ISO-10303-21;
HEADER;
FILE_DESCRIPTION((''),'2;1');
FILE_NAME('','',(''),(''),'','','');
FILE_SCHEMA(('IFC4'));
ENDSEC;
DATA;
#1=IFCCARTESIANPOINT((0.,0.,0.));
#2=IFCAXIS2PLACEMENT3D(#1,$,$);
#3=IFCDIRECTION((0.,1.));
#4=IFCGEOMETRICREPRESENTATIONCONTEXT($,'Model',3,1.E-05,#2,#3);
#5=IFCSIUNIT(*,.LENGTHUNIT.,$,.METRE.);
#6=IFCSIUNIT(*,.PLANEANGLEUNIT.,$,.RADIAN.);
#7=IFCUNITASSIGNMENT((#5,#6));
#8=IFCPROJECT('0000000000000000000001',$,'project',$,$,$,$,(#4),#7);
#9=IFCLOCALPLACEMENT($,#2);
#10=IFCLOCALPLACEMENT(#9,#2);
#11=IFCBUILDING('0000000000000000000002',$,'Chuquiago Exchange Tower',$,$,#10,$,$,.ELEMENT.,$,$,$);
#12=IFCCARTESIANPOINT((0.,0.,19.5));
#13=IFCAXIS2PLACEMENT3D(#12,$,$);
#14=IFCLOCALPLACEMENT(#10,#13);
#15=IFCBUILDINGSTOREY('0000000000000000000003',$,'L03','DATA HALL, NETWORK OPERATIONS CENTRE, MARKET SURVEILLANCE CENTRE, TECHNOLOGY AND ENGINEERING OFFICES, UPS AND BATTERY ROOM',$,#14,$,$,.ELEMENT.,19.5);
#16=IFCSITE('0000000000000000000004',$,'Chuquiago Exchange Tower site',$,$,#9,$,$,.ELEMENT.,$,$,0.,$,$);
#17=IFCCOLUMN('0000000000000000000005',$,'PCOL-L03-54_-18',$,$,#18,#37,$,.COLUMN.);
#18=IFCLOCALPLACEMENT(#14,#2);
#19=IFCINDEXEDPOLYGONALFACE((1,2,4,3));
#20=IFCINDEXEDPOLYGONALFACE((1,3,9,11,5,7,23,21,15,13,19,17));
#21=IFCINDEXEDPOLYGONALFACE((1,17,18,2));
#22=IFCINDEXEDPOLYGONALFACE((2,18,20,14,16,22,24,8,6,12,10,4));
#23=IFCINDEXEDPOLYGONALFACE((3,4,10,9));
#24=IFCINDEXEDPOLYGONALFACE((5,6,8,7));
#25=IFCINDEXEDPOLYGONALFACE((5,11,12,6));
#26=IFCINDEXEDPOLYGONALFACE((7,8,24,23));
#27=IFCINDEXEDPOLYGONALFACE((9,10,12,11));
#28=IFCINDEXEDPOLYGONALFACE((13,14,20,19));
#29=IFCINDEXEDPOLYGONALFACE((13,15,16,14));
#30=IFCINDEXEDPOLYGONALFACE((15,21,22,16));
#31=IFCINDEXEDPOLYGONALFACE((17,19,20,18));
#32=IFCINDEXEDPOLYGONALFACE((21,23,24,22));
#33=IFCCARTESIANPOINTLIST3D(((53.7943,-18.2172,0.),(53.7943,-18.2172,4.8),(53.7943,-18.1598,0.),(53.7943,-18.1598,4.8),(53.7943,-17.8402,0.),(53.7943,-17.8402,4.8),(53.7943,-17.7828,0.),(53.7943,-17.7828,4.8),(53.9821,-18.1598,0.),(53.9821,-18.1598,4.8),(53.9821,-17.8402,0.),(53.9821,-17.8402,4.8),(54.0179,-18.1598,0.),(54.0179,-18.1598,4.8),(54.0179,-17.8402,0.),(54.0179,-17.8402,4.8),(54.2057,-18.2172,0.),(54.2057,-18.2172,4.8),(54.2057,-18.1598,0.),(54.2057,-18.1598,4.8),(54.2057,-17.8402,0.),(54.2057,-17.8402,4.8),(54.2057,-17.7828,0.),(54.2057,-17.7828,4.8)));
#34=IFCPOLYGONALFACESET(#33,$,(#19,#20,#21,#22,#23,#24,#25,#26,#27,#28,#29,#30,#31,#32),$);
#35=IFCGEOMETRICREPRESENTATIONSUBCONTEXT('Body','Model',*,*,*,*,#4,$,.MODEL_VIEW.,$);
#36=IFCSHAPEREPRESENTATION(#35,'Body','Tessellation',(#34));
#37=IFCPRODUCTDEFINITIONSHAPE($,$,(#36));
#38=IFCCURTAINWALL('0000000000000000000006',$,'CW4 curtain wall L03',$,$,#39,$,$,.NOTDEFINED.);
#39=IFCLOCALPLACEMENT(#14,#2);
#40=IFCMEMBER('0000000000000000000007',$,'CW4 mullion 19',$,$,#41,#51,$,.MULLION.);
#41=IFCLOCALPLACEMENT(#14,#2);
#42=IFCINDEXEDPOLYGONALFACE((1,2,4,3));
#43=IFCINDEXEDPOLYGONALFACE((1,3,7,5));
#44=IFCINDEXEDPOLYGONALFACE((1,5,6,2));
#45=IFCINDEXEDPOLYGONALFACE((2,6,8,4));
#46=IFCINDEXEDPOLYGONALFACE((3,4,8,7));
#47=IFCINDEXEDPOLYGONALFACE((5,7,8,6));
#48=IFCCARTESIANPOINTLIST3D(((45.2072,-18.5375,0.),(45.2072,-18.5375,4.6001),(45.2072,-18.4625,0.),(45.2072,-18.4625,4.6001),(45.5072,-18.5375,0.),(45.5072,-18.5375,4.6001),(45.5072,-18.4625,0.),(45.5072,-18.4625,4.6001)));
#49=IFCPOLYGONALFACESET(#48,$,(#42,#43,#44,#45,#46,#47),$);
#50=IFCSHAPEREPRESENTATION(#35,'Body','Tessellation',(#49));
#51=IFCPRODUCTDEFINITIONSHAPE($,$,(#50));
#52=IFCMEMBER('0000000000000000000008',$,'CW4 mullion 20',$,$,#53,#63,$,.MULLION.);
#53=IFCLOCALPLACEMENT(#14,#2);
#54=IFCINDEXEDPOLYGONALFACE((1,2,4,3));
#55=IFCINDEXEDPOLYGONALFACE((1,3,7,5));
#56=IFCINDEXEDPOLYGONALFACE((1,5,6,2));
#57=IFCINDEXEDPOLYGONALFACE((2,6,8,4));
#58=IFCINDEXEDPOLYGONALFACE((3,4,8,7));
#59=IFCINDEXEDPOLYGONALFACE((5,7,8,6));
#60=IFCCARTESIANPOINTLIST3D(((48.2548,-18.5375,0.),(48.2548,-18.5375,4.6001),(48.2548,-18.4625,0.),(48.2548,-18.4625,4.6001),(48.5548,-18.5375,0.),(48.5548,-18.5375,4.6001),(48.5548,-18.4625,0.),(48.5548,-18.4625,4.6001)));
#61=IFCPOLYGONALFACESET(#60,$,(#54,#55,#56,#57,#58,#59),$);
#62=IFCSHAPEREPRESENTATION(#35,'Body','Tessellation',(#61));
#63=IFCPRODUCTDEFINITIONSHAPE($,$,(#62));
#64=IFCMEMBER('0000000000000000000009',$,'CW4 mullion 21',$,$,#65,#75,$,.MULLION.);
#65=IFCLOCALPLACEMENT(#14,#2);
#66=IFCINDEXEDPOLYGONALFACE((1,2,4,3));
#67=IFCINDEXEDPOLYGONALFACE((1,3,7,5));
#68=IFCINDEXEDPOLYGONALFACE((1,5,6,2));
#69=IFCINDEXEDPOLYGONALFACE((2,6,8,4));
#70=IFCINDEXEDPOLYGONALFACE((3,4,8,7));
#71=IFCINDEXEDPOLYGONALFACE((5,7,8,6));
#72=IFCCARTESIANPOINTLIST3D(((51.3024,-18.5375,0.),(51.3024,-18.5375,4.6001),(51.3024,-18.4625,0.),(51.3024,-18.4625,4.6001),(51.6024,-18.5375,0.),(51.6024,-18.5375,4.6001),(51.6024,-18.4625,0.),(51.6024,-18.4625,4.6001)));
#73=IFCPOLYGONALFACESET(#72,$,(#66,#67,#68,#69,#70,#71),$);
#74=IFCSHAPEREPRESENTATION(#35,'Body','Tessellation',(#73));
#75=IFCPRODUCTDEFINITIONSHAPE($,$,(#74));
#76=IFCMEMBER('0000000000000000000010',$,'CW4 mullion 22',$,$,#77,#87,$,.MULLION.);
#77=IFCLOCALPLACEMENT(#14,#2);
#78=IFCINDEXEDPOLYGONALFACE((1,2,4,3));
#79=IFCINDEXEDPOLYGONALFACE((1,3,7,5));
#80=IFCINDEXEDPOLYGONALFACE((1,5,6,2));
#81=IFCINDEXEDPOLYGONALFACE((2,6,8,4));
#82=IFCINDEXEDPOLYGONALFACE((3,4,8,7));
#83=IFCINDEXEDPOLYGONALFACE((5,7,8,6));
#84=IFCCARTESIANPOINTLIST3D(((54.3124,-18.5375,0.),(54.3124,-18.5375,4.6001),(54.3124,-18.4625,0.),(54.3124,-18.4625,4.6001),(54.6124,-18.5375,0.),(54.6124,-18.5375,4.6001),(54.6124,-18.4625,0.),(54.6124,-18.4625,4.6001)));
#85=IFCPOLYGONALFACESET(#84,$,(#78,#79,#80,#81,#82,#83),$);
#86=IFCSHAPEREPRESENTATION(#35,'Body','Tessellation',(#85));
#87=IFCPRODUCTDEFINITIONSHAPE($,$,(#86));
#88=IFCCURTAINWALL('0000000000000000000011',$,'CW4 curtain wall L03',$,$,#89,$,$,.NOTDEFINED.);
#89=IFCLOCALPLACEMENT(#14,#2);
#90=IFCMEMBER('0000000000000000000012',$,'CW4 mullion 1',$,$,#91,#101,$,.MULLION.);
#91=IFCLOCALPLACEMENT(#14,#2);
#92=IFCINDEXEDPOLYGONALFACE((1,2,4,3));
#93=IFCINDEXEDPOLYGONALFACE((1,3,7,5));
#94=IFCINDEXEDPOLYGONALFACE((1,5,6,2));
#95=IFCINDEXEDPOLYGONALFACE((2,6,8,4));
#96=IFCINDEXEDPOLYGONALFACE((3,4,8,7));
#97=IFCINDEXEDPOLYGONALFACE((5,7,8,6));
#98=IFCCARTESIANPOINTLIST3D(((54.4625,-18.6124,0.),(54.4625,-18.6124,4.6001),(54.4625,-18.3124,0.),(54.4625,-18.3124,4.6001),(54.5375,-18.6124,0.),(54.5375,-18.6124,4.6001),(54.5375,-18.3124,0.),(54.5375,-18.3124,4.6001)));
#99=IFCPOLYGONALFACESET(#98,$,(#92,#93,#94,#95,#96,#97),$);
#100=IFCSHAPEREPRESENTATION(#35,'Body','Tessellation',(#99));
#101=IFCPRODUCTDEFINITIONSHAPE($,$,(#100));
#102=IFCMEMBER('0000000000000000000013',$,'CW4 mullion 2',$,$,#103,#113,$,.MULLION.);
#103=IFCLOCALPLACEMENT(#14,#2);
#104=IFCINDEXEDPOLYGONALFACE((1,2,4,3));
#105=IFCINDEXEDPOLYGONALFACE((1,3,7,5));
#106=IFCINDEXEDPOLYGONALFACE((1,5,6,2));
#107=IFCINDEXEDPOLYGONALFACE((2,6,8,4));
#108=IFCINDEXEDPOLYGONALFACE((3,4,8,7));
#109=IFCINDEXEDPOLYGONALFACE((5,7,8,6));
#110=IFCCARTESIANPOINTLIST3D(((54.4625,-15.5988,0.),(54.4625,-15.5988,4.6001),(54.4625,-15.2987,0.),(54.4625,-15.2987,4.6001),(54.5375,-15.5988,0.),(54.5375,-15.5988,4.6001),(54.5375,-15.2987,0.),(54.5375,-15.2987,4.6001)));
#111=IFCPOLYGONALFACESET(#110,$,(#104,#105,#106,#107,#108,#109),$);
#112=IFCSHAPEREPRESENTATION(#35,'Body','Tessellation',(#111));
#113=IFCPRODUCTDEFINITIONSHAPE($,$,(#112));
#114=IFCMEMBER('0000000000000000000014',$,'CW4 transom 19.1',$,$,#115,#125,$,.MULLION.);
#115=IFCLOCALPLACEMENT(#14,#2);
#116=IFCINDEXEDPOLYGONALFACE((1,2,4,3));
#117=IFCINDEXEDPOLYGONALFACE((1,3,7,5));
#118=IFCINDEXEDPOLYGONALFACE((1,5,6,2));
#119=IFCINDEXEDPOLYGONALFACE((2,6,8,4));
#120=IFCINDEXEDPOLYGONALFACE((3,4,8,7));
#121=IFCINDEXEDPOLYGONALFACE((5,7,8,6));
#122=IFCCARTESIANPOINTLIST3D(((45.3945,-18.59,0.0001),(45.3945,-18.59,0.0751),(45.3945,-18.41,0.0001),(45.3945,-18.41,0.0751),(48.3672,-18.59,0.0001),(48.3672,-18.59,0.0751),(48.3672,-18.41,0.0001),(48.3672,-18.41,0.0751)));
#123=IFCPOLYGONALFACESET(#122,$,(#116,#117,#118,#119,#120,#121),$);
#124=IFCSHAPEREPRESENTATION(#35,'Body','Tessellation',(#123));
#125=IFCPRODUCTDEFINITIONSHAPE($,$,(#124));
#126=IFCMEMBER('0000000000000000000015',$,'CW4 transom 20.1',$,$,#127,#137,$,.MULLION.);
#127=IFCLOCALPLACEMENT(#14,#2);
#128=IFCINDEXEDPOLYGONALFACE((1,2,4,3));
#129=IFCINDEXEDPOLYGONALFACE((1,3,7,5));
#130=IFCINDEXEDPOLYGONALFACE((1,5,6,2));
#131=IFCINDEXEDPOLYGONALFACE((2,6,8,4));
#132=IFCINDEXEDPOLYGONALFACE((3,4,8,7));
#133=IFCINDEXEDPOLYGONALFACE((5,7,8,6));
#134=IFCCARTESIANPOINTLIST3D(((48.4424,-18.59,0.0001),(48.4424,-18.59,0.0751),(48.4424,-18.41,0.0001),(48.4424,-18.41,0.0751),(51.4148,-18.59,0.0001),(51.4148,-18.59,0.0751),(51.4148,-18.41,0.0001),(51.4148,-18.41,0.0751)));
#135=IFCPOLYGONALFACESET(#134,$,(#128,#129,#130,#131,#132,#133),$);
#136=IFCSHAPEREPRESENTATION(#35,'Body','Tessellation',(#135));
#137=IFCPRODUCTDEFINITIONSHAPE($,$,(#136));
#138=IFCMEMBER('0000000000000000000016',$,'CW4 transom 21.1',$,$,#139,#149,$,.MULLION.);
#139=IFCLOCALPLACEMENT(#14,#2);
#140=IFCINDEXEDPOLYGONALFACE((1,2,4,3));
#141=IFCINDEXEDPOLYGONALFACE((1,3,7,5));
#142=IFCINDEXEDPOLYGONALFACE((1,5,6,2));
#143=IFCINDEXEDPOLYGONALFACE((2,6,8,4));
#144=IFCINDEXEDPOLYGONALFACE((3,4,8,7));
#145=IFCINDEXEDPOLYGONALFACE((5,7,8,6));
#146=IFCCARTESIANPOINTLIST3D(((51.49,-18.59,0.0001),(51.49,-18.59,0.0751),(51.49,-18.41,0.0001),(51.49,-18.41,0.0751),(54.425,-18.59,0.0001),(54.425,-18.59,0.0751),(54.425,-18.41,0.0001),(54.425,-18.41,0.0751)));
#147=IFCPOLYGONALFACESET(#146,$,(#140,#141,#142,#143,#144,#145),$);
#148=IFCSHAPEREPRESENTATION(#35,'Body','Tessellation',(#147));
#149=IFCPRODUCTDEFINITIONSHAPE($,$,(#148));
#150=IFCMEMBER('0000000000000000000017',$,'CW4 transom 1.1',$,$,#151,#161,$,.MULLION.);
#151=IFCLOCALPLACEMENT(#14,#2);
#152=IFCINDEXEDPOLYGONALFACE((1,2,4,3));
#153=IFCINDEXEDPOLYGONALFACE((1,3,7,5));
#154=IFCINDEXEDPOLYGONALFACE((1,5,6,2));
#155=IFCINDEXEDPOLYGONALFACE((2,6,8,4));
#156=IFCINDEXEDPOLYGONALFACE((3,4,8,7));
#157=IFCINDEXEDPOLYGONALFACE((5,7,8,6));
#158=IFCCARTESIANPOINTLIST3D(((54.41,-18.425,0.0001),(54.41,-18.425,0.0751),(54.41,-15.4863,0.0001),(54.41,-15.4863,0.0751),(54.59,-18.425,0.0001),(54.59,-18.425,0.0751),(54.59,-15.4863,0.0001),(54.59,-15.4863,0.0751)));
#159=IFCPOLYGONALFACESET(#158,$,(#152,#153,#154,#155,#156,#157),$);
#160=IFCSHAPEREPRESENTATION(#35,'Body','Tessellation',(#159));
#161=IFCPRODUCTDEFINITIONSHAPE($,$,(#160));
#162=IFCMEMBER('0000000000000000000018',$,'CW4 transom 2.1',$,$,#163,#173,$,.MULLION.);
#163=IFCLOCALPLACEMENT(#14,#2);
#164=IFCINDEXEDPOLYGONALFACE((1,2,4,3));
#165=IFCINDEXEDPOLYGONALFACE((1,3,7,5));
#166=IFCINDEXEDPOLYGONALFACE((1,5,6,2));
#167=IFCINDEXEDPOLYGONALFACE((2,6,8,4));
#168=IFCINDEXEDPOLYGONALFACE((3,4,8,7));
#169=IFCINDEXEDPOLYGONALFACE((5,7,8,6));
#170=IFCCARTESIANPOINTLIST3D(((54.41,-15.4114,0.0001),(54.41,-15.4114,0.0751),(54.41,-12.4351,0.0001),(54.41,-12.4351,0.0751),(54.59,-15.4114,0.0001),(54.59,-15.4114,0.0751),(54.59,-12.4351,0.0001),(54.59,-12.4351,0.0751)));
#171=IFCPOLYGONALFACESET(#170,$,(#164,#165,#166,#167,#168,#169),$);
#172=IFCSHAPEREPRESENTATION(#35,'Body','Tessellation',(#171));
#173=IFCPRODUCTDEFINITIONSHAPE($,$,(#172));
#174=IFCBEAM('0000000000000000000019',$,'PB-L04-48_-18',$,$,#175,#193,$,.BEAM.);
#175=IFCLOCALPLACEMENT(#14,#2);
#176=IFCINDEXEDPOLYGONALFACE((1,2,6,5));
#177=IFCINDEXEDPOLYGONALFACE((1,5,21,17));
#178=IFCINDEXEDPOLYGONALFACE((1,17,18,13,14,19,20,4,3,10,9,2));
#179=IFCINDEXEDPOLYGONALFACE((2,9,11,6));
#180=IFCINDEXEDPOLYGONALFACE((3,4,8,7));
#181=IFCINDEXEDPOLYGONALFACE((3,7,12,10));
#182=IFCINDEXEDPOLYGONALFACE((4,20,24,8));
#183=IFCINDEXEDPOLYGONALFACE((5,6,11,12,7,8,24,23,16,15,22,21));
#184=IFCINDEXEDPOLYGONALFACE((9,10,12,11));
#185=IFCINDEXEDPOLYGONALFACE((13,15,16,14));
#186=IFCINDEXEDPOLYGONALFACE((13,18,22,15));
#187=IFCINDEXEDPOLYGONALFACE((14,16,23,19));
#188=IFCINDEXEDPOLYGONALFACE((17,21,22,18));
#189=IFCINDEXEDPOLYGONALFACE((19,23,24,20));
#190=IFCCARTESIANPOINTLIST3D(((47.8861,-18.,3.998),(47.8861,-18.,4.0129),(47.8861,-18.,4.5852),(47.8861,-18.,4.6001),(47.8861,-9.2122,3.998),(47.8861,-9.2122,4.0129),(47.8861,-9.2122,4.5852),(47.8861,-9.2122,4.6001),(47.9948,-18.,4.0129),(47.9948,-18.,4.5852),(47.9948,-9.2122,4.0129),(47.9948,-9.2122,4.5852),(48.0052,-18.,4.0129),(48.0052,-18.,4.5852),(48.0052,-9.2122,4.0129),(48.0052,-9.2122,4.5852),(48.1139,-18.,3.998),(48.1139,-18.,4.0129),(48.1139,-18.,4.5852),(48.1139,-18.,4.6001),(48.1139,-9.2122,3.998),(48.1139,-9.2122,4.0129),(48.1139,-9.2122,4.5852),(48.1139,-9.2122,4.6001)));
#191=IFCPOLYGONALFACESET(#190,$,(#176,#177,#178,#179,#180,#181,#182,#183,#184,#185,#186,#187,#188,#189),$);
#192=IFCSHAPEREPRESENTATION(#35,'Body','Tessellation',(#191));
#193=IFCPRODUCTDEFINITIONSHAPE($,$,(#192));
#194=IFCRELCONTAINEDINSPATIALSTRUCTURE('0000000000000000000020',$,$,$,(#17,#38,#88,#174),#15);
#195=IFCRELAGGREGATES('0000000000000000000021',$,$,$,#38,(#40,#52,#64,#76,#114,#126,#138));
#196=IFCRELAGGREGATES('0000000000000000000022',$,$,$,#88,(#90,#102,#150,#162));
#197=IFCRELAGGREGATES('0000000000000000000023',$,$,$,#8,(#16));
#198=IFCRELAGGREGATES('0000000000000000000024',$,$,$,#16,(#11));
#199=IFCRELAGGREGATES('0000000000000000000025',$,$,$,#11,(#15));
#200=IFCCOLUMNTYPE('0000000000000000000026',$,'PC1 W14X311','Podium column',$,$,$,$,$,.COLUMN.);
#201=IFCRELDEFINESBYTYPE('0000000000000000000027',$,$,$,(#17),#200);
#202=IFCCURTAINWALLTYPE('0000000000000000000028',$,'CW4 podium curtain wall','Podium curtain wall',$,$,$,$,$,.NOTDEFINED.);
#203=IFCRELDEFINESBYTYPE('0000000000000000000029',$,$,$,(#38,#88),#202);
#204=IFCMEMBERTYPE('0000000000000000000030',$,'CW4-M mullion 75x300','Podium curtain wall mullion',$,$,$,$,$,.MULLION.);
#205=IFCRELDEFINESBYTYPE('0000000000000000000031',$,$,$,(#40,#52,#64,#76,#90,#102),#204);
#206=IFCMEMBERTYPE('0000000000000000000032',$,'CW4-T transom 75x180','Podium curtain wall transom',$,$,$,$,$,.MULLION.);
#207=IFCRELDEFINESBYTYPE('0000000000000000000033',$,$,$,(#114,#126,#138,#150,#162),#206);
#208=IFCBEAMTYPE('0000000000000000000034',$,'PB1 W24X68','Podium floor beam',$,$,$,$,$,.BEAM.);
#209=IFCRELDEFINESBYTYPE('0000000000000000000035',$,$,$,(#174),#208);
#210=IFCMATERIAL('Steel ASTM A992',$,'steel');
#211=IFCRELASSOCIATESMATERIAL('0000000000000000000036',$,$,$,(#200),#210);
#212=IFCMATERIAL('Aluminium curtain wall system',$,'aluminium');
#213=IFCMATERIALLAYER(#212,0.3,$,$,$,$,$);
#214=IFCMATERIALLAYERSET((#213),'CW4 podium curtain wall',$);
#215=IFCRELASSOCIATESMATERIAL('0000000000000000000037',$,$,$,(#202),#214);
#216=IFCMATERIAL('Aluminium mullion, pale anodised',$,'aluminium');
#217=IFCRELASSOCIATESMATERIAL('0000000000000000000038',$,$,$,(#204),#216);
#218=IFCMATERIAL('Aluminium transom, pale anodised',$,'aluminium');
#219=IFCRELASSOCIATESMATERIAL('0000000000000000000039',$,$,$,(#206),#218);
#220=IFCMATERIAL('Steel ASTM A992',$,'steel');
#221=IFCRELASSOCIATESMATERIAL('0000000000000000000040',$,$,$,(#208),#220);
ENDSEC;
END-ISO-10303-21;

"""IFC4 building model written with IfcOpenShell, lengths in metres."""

from ifc_helpers import new_model, si_unit, direction, frame, origin, origin_2d, place, context, subcontext, project, spatial, rectangle, i_section, extrude, material, layer, layer_set, material_profile, profile_set, type_object, element, aggregate, save


model = new_model("IFC4")

# Units and contexts
model_context = context("Model", 3, precision=1e-05, world=origin(), true_north=direction((0.0, 1.0)))
body_context = subcontext(model_context, "Body", "Model", "MODEL_VIEW")
ifc_project = project(units=[si_unit("LENGTHUNIT", "METRE"), si_unit("PLANEANGLEUNIT", "RADIAN")], contexts=[model_context])

# Site, building, storey
site_placement = place(None, origin())
site = spatial("IfcSite", under=ifc_project, at=site_placement, Name="Chuquiago Exchange Tower site", CompositionType="ELEMENT", RefElevation=0.0)
building_placement = place(site_placement, origin())
building = spatial("IfcBuilding", under=site, at=building_placement, Name="Chuquiago Exchange Tower", CompositionType="ELEMENT")
storey_placement = place(building_placement, frame((0.0, 0.0, 19.5)))
storey = spatial("IfcBuildingStorey", under=building, at=storey_placement, Name="L03", Description="DATA HALL, NETWORK OPERATIONS CENTRE, MARKET SURVEILLANCE CENTRE, TECHNOLOGY AND ENGINEERING OFFICES, UPS AND BATTERY ROOM", CompositionType="ELEMENT", Elevation=19.5)

# Column
ifc_material_1 = material(Name="Steel ASTM A992", Category="steel")
ifc_material_profile_1 = material_profile(ifc_material_1, i_section(OverallWidth=0.4114, OverallDepth=0.4343, WebThickness=0.0359, FlangeThickness=0.0574, at=origin_2d()), Name="W14X311")
ifc_profile_set_1 = profile_set([ifc_material_profile_1], Name="Steel ASTM A992")
column_type = type_object("IfcColumnType", Name="PC1 W14X311", Description="Podium column", PredefinedType="COLUMN", material=ifc_profile_set_1)
column_placement = place(storey_placement, frame((54.0, -18.0, 0.0), z_axis=(0.0, 0.0, 1.0), x_axis=(1.0, 0.0, 0.0)))
element("IfcColumn", 1, at=column_placement, inside=storey, type_object=column_type, Name="PCOL-L03-54_-18", PredefinedType="COLUMN", context=body_context, shape_type="SweptSolid", body=[
    extrude(i_section(OverallWidth=0.4114, OverallDepth=0.4343, WebThickness=0.0359, FlangeThickness=0.0574, at=origin_2d()), origin(), (0.0, 0.0, 1.0), 4.8),
])

# Curtain walls, members
ifc_material_2 = material(Name="Aluminium curtain wall system", Category="aluminium")
ifc_layer_1 = layer(ifc_material_2, 0.3)
ifc_layer_set_1 = layer_set([ifc_layer_1], Name="CW4 podium curtain wall")
curtain_wall_type = type_object("IfcCurtainWallType", Name="CW4 podium curtain wall", Description="Podium curtain wall", PredefinedType="NOTDEFINED", material=ifc_layer_set_1)
curtain_wall_1_placement = place(storey_placement, origin())
curtain_wall_1 = element("IfcCurtainWall", 2, at=curtain_wall_1_placement, inside=storey, type_object=curtain_wall_type, Name="CW4 curtain wall L03", PredefinedType="NOTDEFINED")
ifc_material_3 = material(Name="Aluminium mullion, pale anodised", Category="aluminium")
ifc_material_profile_2 = material_profile(ifc_material_3, rectangle(XDim=0.075, YDim=0.3, at=origin_2d()), Name="AL 75x300")
ifc_profile_set_2 = profile_set([ifc_material_profile_2], Name="Aluminium mullion, pale anodised")
member_type_1 = type_object("IfcMemberType", Name="CW4-M mullion 75x300", Description="Podium curtain wall mullion", PredefinedType="MULLION", material=ifc_profile_set_2)
member_1_placement = place(storey_placement, frame((45.3572, -18.5, 0.0), z_axis=(0.0, 0.0, 1.0), x_axis=(0.0, 1.0, 0.0)))
member_1 = element("IfcMember", 3, at=member_1_placement, type_object=member_type_1, Name="CW4 mullion 19", PredefinedType="MULLION", context=body_context, shape_type="SweptSolid", body=[
    extrude(rectangle(XDim=0.075, YDim=0.3, at=origin_2d()), origin(), (0.0, 0.0, 1.0), 4.6001),
])
member_2_placement = place(storey_placement, frame((48.4048, -18.5, 0.0), z_axis=(0.0, 0.0, 1.0), x_axis=(0.0, 1.0, 0.0)))
member_2 = element("IfcMember", 4, at=member_2_placement, type_object=member_type_1, Name="CW4 mullion 20", PredefinedType="MULLION", context=body_context, shape_type="SweptSolid", body=[
    extrude(rectangle(XDim=0.075, YDim=0.3, at=origin_2d()), origin(), (0.0, 0.0, 1.0), 4.6001),
])
member_3_placement = place(storey_placement, frame((51.4524, -18.5, 0.0), z_axis=(0.0, 0.0, 1.0), x_axis=(0.0, 1.0, 0.0)))
member_3 = element("IfcMember", 5, at=member_3_placement, type_object=member_type_1, Name="CW4 mullion 21", PredefinedType="MULLION", context=body_context, shape_type="SweptSolid", body=[
    extrude(rectangle(XDim=0.075, YDim=0.3, at=origin_2d()), origin(), (0.0, 0.0, 1.0), 4.6001),
])
member_4_placement = place(storey_placement, frame((54.4624, -18.5, 0.0), z_axis=(0.0, 0.0, 1.0), x_axis=(0.0, 1.0, 0.0)))
member_4 = element("IfcMember", 6, at=member_4_placement, type_object=member_type_1, Name="CW4 mullion 22", PredefinedType="MULLION", context=body_context, shape_type="SweptSolid", body=[
    extrude(rectangle(XDim=0.075, YDim=0.3, at=origin_2d()), origin(), (0.0, 0.0, 1.0), 4.6001),
])
curtain_wall_2_placement = place(storey_placement, origin())
curtain_wall_2 = element("IfcCurtainWall", 7, at=curtain_wall_2_placement, inside=storey, type_object=curtain_wall_type, Name="CW4 curtain wall L03", PredefinedType="NOTDEFINED")
member_5_placement = place(storey_placement, frame((54.5, -18.4624, 0.0), z_axis=(0.0, 0.0, 1.0), x_axis=(-1.0, 0.0, 0.0)))
member_5 = element("IfcMember", 8, at=member_5_placement, type_object=member_type_1, Name="CW4 mullion 1", PredefinedType="MULLION", context=body_context, shape_type="SweptSolid", body=[
    extrude(rectangle(XDim=0.075, YDim=0.3, at=origin_2d()), origin(), (0.0, 0.0, 1.0), 4.6001),
])
member_6_placement = place(storey_placement, frame((54.5, -15.4487, 0.0), z_axis=(0.0, 0.0, 1.0), x_axis=(-1.0, 0.0, 0.0)))
member_6 = element("IfcMember", 9, at=member_6_placement, type_object=member_type_1, Name="CW4 mullion 2", PredefinedType="MULLION", context=body_context, shape_type="SweptSolid", body=[
    extrude(rectangle(XDim=0.075, YDim=0.3, at=origin_2d()), origin(), (0.0, 0.0, 1.0), 4.6001),
])

# Members
ifc_material_4 = material(Name="Aluminium transom, pale anodised", Category="aluminium")
ifc_material_profile_3 = material_profile(ifc_material_4, rectangle(XDim=0.1799, YDim=0.075, at=origin_2d()), Name="AL 180x75")
ifc_profile_set_3 = profile_set([ifc_material_profile_3], Name="Aluminium transom, pale anodised")
member_type_2 = type_object("IfcMemberType", Name="CW4-T transom 75x180", Description="Podium curtain wall transom", PredefinedType="MULLION", material=ifc_profile_set_3)
member_7_placement = place(storey_placement, frame((45.3945, -18.5, 0.0376), z_axis=(1.0, 0.0, 0.0), x_axis=(0.0, 1.0, 0.0)))
member_7 = element("IfcMember", 10, at=member_7_placement, type_object=member_type_2, Name="CW4 transom 19.1", PredefinedType="MULLION", context=body_context, shape_type="SweptSolid", body=[
    extrude(rectangle(XDim=0.1799, YDim=0.075, at=origin_2d()), origin(), (0.0, 0.0, 1.0), 2.9727),
])
member_8_placement = place(storey_placement, frame((48.4424, -18.5, 0.0376), z_axis=(1.0, 0.0, 0.0), x_axis=(0.0, 1.0, 0.0)))
member_8 = element("IfcMember", 11, at=member_8_placement, type_object=member_type_2, Name="CW4 transom 20.1", PredefinedType="MULLION", context=body_context, shape_type="SweptSolid", body=[
    extrude(rectangle(XDim=0.1799, YDim=0.075, at=origin_2d()), origin(), (0.0, 0.0, 1.0), 2.9724),
])
member_9_placement = place(storey_placement, frame((51.49, -18.5, 0.0376), z_axis=(1.0, 0.0, 0.0), x_axis=(0.0, 1.0, 0.0)))
member_9 = element("IfcMember", 12, at=member_9_placement, type_object=member_type_2, Name="CW4 transom 21.1", PredefinedType="MULLION", context=body_context, shape_type="SweptSolid", body=[
    extrude(rectangle(XDim=0.1799, YDim=0.075, at=origin_2d()), origin(), (0.0, 0.0, 1.0), 2.9351),
])
member_10_placement = place(storey_placement, frame((54.5, -18.425, 0.0376), z_axis=(0.0, 1.0, 0.0), x_axis=(-1.0, 0.0, 0.0)))
member_10 = element("IfcMember", 13, at=member_10_placement, type_object=member_type_2, Name="CW4 transom 1.1", PredefinedType="MULLION", context=body_context, shape_type="SweptSolid", body=[
    extrude(rectangle(XDim=0.1799, YDim=0.075, at=origin_2d()), origin(), (0.0, 0.0, 1.0), 2.9387),
])
member_11_placement = place(storey_placement, frame((54.5, -15.4114, 0.0376), z_axis=(0.0, 1.0, 0.0), x_axis=(-1.0, 0.0, 0.0)))
member_11 = element("IfcMember", 14, at=member_11_placement, type_object=member_type_2, Name="CW4 transom 2.1", PredefinedType="MULLION", context=body_context, shape_type="SweptSolid", body=[
    extrude(rectangle(XDim=0.1799, YDim=0.075, at=origin_2d()), origin(), (0.0, 0.0, 1.0), 2.9763),
])

# Beam
ifc_material_5 = material(Name="Steel ASTM A992", Category="steel")
ifc_material_profile_4 = material_profile(ifc_material_5, i_section(OverallWidth=0.2278, OverallDepth=0.6021, WebThickness=0.0105, FlangeThickness=0.0149, at=origin_2d()), Name="W24X68")
ifc_profile_set_4 = profile_set([ifc_material_profile_4], Name="Steel ASTM A992")
beam_type_1 = type_object("IfcBeamType", Name="PB1 W24X68", Description="Podium floor beam", PredefinedType="BEAM", material=ifc_profile_set_4)
for number, where, z_axis, x_axis, name in (
    (15, (48.0, -18.0, 4.2991), (0.0, 1.0, 0.0), (-1.0, 0.0, 0.0), "PB-L04-48_-18"),
):
    element("IfcBeam", number, at=place(storey_placement, frame(where, z_axis=z_axis, x_axis=x_axis)), inside=storey, type_object=beam_type_1, Name=name, PredefinedType="BEAM", context=body_context, shape_type="SweptSolid", body=[
        extrude(i_section(OverallWidth=0.2278, OverallDepth=0.6021, WebThickness=0.0105, FlangeThickness=0.0149, at=origin_2d()), origin(), (0.0, 0.0, 1.0), 8.7878),
    ])

aggregate(curtain_wall_1, [member_1, member_2, member_3, member_4, member_7, member_8, member_9])
aggregate(curtain_wall_2, [member_5, member_6, member_10, member_11])

save(model, "model.ifc")
